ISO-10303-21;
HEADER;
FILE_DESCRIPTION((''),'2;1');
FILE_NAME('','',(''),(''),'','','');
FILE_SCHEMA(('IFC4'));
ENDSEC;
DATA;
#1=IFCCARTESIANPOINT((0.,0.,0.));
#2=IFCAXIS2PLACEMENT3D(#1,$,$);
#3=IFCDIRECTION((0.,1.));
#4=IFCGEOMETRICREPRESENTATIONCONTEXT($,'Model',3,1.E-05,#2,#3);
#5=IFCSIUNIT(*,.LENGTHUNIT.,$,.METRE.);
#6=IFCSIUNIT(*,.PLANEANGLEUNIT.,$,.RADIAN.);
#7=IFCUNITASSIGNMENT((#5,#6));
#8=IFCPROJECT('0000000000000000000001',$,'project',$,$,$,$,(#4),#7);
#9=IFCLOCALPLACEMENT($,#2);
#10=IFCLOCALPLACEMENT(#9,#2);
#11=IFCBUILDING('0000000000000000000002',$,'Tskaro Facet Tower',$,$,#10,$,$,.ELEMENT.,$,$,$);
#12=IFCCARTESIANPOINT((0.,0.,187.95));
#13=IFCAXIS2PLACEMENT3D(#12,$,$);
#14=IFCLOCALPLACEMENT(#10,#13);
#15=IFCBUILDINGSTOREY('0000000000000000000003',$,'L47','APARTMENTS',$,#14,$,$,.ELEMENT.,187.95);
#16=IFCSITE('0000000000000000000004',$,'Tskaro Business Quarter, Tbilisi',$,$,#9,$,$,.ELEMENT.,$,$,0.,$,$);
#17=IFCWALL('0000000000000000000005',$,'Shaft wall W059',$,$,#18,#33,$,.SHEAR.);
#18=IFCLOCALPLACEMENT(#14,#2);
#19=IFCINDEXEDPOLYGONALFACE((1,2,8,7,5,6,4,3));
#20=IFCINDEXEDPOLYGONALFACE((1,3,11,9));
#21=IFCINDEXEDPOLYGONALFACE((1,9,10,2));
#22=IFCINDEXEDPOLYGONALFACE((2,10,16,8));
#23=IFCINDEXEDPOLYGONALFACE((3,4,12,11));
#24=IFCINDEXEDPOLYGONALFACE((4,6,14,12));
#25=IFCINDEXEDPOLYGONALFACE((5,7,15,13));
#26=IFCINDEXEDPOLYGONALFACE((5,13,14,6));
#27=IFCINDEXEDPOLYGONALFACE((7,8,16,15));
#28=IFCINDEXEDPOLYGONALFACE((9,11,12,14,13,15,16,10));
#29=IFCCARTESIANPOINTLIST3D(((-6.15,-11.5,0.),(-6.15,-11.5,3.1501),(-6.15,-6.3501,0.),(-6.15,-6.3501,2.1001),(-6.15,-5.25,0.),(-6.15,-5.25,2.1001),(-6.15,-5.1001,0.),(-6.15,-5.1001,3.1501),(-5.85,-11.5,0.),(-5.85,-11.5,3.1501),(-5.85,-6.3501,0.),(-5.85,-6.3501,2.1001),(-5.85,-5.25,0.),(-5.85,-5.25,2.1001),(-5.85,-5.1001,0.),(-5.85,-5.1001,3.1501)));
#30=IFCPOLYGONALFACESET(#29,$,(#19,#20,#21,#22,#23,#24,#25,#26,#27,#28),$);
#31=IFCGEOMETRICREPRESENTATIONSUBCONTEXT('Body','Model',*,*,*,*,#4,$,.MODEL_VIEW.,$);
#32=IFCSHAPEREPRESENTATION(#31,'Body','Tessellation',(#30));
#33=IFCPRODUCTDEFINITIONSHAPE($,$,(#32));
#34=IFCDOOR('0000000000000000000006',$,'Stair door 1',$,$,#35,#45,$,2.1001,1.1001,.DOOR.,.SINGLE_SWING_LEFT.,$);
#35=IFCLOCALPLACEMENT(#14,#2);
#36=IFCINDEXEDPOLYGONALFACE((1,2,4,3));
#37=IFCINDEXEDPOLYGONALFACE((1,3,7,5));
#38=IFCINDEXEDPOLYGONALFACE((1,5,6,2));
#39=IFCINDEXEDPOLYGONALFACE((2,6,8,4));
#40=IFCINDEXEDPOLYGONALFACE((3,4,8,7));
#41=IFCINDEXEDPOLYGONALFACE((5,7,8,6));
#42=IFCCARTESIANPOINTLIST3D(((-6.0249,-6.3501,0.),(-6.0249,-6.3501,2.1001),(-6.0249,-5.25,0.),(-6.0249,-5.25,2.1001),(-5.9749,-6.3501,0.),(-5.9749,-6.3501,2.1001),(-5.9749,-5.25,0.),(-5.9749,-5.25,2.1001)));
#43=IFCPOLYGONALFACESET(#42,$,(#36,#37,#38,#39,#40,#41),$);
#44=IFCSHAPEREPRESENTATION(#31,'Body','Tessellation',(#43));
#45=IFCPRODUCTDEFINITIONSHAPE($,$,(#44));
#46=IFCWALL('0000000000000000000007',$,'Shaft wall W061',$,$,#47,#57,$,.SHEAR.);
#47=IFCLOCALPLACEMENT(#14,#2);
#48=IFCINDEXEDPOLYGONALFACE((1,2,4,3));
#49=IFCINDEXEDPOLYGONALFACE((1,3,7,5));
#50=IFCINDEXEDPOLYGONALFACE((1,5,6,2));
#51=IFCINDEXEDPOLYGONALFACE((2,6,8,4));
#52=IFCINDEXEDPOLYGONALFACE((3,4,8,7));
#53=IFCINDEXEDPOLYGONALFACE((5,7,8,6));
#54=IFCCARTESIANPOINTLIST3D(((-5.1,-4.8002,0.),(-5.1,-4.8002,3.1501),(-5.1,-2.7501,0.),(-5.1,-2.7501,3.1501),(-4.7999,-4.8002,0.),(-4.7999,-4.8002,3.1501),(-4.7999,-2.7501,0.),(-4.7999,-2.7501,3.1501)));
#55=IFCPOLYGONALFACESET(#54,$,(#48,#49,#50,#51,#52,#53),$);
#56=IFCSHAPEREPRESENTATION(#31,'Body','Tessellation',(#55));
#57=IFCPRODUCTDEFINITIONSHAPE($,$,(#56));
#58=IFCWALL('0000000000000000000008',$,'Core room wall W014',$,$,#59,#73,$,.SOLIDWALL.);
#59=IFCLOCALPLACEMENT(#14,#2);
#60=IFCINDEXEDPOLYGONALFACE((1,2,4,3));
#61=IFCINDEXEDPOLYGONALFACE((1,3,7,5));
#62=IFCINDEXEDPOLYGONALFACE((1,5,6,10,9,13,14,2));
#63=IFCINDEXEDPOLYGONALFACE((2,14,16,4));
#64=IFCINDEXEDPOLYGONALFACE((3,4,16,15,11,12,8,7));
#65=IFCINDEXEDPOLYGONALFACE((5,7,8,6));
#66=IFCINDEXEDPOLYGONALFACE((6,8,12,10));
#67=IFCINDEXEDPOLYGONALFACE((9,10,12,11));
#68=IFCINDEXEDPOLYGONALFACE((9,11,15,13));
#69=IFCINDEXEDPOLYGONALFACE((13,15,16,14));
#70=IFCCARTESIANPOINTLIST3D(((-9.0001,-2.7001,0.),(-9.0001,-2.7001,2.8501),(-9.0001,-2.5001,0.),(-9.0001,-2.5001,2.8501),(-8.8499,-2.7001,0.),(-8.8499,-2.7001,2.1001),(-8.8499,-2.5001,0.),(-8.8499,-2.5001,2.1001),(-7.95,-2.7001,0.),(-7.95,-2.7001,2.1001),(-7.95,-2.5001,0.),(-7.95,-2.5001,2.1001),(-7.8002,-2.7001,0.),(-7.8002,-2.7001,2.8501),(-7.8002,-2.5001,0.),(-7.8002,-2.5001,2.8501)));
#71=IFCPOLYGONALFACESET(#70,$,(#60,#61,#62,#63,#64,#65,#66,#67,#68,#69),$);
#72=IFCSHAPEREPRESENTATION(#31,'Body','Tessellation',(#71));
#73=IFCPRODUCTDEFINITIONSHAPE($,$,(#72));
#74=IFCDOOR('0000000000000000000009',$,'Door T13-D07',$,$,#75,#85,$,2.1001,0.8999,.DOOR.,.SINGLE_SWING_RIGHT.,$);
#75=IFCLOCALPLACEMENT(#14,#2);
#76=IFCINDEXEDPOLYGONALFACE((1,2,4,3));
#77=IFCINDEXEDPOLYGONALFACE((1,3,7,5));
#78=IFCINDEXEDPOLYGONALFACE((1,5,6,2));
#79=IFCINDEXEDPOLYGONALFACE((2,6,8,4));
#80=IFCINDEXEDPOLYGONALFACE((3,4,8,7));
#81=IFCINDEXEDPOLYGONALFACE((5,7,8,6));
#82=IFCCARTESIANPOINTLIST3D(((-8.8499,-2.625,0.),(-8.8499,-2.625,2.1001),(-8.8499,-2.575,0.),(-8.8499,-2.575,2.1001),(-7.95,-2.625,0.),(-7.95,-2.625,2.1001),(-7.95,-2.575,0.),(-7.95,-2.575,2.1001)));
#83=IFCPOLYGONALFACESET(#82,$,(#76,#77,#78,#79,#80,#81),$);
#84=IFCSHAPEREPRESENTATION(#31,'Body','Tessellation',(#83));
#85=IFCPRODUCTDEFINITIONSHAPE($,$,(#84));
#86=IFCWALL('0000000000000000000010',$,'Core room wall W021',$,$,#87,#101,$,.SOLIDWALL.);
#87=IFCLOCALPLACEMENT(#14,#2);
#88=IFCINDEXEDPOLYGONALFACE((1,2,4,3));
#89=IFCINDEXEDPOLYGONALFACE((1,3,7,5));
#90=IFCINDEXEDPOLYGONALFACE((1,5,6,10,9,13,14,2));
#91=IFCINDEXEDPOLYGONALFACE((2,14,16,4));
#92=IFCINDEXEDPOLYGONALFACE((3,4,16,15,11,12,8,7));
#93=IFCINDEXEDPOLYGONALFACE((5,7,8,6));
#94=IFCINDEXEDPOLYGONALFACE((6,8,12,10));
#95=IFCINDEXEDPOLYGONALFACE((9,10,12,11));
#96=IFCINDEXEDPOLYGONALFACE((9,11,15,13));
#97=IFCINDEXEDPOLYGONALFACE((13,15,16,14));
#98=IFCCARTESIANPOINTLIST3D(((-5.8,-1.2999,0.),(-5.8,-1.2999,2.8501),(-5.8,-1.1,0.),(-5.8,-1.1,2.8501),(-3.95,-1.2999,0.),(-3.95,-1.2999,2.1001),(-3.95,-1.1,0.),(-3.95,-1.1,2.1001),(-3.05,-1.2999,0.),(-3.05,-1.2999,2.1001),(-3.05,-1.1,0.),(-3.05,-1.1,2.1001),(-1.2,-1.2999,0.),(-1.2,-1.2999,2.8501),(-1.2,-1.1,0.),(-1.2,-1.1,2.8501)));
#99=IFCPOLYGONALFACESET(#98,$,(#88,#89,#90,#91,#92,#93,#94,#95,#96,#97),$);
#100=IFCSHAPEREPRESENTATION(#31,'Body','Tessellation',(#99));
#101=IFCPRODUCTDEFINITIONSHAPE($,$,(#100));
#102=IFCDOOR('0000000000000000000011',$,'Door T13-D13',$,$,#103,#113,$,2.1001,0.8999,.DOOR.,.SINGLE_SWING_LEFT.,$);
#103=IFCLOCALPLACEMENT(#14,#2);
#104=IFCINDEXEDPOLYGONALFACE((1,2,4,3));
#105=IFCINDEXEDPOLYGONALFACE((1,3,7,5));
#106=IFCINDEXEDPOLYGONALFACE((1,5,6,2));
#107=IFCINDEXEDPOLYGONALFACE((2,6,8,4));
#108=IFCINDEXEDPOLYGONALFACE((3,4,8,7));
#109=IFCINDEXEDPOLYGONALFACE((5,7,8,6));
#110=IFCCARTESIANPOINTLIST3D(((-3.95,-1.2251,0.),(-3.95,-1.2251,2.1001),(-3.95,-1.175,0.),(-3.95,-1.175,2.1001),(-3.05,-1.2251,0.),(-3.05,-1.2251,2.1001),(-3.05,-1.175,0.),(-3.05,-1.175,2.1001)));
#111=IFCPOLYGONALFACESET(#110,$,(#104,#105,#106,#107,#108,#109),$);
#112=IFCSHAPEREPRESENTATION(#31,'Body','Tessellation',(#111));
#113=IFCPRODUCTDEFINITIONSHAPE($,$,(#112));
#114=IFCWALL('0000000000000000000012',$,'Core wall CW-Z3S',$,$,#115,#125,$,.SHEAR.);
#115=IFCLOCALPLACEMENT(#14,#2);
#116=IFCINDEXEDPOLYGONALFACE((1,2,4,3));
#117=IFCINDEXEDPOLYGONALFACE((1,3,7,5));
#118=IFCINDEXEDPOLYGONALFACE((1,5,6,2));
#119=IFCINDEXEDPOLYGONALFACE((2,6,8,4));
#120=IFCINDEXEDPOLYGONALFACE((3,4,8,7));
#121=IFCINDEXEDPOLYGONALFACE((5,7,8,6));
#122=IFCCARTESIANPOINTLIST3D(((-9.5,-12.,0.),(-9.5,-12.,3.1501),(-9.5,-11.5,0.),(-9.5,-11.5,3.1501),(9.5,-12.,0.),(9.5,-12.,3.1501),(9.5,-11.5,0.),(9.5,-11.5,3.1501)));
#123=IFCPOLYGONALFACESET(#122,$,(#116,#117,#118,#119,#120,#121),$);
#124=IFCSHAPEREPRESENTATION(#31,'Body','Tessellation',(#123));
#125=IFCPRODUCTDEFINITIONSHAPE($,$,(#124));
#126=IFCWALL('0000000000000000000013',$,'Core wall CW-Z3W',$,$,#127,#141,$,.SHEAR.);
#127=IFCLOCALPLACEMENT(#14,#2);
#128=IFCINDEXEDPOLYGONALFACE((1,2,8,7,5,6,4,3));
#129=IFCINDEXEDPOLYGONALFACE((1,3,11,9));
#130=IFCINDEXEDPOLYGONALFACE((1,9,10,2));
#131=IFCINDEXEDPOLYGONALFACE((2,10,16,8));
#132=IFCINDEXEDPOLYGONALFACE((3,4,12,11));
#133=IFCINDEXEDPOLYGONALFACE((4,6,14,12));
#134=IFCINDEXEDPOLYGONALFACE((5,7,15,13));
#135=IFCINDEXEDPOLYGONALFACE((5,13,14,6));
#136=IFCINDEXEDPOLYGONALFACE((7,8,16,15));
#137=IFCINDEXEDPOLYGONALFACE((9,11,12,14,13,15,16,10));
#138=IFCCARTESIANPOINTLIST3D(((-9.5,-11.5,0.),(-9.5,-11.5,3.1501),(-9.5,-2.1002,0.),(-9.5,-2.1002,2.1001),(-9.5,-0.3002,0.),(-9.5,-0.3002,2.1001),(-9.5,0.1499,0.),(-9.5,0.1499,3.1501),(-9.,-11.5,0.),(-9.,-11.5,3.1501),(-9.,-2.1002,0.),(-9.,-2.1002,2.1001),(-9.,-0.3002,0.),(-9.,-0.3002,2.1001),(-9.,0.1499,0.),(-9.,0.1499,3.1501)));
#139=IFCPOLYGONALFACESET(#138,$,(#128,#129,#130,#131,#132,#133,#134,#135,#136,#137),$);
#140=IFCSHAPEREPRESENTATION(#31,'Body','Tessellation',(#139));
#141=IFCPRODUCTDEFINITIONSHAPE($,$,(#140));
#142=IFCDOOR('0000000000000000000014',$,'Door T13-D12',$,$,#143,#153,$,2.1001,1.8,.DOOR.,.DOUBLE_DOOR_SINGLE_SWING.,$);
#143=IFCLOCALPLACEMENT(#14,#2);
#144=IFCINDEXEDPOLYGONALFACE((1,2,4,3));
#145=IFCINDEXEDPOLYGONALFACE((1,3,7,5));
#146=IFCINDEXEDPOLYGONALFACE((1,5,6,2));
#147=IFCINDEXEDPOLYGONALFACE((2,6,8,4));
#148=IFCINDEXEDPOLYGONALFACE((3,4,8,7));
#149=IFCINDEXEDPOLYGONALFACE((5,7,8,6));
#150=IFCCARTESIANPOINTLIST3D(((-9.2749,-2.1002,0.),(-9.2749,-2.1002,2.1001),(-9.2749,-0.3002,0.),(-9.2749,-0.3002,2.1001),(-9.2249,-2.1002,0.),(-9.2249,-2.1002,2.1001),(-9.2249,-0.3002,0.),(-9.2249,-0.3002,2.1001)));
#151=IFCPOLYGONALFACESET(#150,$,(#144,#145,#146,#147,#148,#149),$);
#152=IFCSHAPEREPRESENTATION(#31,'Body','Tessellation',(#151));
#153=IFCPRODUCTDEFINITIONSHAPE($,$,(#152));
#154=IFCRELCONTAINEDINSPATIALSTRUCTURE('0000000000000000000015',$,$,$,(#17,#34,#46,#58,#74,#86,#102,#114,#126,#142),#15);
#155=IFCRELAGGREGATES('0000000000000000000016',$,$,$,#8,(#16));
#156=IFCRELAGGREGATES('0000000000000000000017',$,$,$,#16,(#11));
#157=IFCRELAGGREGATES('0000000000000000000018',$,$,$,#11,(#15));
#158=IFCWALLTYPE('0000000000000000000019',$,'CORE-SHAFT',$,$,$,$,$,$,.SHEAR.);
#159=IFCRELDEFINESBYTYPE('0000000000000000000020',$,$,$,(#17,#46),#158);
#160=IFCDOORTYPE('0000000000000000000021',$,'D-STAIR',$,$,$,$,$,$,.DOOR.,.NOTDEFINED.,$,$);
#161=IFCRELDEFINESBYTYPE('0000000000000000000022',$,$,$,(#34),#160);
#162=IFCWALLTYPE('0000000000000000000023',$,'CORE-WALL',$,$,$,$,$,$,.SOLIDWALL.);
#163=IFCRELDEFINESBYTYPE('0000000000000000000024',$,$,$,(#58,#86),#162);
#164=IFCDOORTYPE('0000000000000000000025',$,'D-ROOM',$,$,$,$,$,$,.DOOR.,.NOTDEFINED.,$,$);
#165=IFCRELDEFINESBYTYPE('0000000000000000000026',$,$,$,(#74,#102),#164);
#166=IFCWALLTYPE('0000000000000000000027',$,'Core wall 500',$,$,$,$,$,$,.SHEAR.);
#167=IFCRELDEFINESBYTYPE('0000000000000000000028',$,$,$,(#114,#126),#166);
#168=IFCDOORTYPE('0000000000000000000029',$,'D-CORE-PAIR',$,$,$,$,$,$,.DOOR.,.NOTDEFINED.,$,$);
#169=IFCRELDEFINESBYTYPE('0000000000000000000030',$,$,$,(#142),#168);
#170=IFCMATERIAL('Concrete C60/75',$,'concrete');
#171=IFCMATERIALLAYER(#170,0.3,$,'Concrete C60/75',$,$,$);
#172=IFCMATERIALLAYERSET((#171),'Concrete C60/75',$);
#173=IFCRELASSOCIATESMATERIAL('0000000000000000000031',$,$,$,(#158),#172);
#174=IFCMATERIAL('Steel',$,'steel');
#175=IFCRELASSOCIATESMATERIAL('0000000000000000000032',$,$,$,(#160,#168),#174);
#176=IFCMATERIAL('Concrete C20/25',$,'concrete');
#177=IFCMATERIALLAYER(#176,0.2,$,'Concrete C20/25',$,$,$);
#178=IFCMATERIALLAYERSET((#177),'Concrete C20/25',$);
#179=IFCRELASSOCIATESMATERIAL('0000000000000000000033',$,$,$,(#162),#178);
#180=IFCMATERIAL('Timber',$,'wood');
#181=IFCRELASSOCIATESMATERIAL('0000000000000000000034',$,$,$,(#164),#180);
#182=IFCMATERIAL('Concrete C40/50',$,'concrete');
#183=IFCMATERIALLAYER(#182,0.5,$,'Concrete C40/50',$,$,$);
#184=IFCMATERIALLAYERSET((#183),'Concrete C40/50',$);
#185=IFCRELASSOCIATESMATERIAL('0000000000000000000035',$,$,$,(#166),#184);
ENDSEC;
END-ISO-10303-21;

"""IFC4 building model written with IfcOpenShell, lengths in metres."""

from ifc_helpers import new_model, si_unit, direction, frame, frame_2d, origin, place, context, subcontext, project, spatial, rectangle, extrude, material, layer, layer_set, type_object, element, fill, save


model = new_model("IFC4")

# Units and contexts
model_context = context("Model", 3, precision=1e-05, world=origin(), true_north=direction((0.0, 1.0)))
body_context = subcontext(model_context, "Body", "Model", "MODEL_VIEW")
ifc_project = project(units=[si_unit("LENGTHUNIT", "METRE"), si_unit("PLANEANGLEUNIT", "RADIAN")], contexts=[model_context])

# Site, building, storey
site_placement = place(None, origin())
site = spatial("IfcSite", under=ifc_project, at=site_placement, Name="Tskaro Business Quarter, Tbilisi", CompositionType="ELEMENT", RefElevation=0.0)
building_placement = place(site_placement, origin())
building = spatial("IfcBuilding", under=site, at=building_placement, Name="Tskaro Facet Tower", CompositionType="ELEMENT")
storey_placement = place(building_placement, frame((0.0, 0.0, 187.95)))
storey = spatial("IfcBuildingStorey", under=building, at=storey_placement, Name="L47", Description="APARTMENTS", CompositionType="ELEMENT", Elevation=187.95)

# Shared definitions
ifc_material_1 = material(Name="Concrete C60/75", Category="concrete")
ifc_layer_1 = layer(ifc_material_1, 0.3, Name="Concrete C60/75")
ifc_layer_set_1 = layer_set([ifc_layer_1], Name="Concrete C60/75")
wall_type_1 = type_object("IfcWallType", Name="CORE-SHAFT", PredefinedType="SHEAR", material=ifc_layer_set_1)

# Wall, opening, door
wall_1_placement = place(storey_placement, frame((-6.0, -11.5, 0.0), z_axis=(0.0, 0.0, 1.0), x_axis=(0.0, 1.0, 0.0)))
wall_1 = element("IfcWall", 1, at=wall_1_placement, inside=storey, type_object=wall_type_1, Name="Shaft wall W059", PredefinedType="SHEAR", context=body_context, shape_type="SweptSolid", body=[
    extrude(rectangle(XDim=6.3999, YDim=0.3, at=frame_2d((3.2, 0.0))), origin(), (0.0, 0.0, 1.0), 3.1501),
])
opening_1_placement = place(wall_1_placement, frame((5.1499, 0.0, 0.0)))
opening_1 = element("IfcOpeningElement", 2, at=opening_1_placement, cuts=wall_1, PredefinedType="OPENING", context=body_context, shape_type="SweptSolid", body=[
    extrude(rectangle(XDim=1.1001, YDim=2.1001, at=frame_2d((0.55, 1.05))), frame((0.0, 0.1599, 0.0), z_axis=(0.0, -1.0, 0.0), x_axis=(1.0, 0.0, 0.0)), (0.0, 0.0, 1.0), 0.3201),
])
ifc_material_2 = material(Name="Steel", Category="steel")
door_type_1 = type_object("IfcDoorType", Name="D-STAIR", OperationType="NOTDEFINED", PredefinedType="DOOR", material=ifc_material_2)
door_1_placement = place(opening_1_placement, origin())
door_1 = element("IfcDoor", 3, at=door_1_placement, inside=storey, type_object=door_type_1, Name="Stair door 1", OperationType="SINGLE_SWING_LEFT", OverallHeight=2.1001, OverallWidth=1.1001, PredefinedType="DOOR", context=body_context, shape_type="SweptSolid", body=[
    extrude(rectangle(XDim=1.1001, YDim=2.1001, at=frame_2d((0.55, 1.05))), frame((0.0, 0.0249, 0.0), z_axis=(0.0, -1.0, 0.0), x_axis=(1.0, 0.0, 0.0)), (0.0, 0.0, 1.0), 0.05),
])
fill(opening_1, door_1)

# Wall
wall_2_placement = place(storey_placement, frame((-4.95, -4.8, 0.0), z_axis=(0.0, 0.0, 1.0), x_axis=(0.0, 1.0, 0.0)))
element("IfcWall", 4, at=wall_2_placement, inside=storey, type_object=wall_type_1, Name="Shaft wall W061", PredefinedType="SHEAR", context=body_context, shape_type="SweptSolid", body=[
    extrude(rectangle(XDim=2.05, YDim=0.3, at=frame_2d((1.0249, 0.0))), origin(), (0.0, 0.0, 1.0), 3.1501),
])

# Walls, openings, doors
ifc_material_3 = material(Name="Concrete C20/25", Category="concrete")
ifc_layer_2 = layer(ifc_material_3, 0.2, Name="Concrete C20/25")
ifc_layer_set_2 = layer_set([ifc_layer_2], Name="Concrete C20/25")
wall_type_2 = type_object("IfcWallType", Name="CORE-WALL", PredefinedType="SOLIDWALL", material=ifc_layer_set_2)
wall_3_placement = place(storey_placement, frame((-7.8, -2.6001, 0.0), z_axis=(0.0, 0.0, 1.0), x_axis=(-1.0, 0.0, 0.0)))
wall_3 = element("IfcWall", 5, at=wall_3_placement, inside=storey, type_object=wall_type_2, Name="Core room wall W014", PredefinedType="SOLIDWALL", context=body_context, shape_type="SweptSolid", body=[
    extrude(rectangle(XDim=1.2, YDim=0.2, at=frame_2d((0.6001, 0.0))), origin(), (0.0, 0.0, 1.0), 2.8501),
])
opening_2_placement = place(wall_3_placement, frame((0.1499, 0.0, 0.0)))
opening_2 = element("IfcOpeningElement", 6, at=opening_2_placement, cuts=wall_3, PredefinedType="OPENING", context=body_context, shape_type="SweptSolid", body=[
    extrude(rectangle(XDim=0.8999, YDim=2.1001, at=frame_2d((0.45, 1.05))), frame((0.0, 0.1099, 0.0), z_axis=(0.0, -1.0, 0.0), x_axis=(1.0, 0.0, 0.0)), (0.0, 0.0, 1.0), 0.22),
])
ifc_material_4 = material(Name="Timber", Category="wood")
door_type_2 = type_object("IfcDoorType", Name="D-ROOM", OperationType="NOTDEFINED", PredefinedType="DOOR", material=ifc_material_4)
door_2_placement = place(opening_2_placement, origin())
door_2 = element("IfcDoor", 7, at=door_2_placement, inside=storey, type_object=door_type_2, Name="Door T13-D07", OperationType="SINGLE_SWING_RIGHT", OverallHeight=2.1001, OverallWidth=0.8999, PredefinedType="DOOR", context=body_context, shape_type="SweptSolid", body=[
    extrude(rectangle(XDim=0.8999, YDim=2.1001, at=frame_2d((0.45, 1.05))), frame((0.0, 0.0249, 0.0), z_axis=(0.0, -1.0, 0.0), x_axis=(1.0, 0.0, 0.0)), (0.0, 0.0, 1.0), 0.05),
])
fill(opening_2, door_2)
wall_4_placement = place(storey_placement, frame((-5.8, -1.2, 0.0), z_axis=(0.0, 0.0, 1.0), x_axis=(1.0, 0.0, 0.0)))
wall_4 = element("IfcWall", 8, at=wall_4_placement, inside=storey, type_object=wall_type_2, Name="Core room wall W021", PredefinedType="SOLIDWALL", context=body_context, shape_type="SweptSolid", body=[
    extrude(rectangle(XDim=4.6001, YDim=0.2, at=frame_2d((2.3, 0.0))), origin(), (0.0, 0.0, 1.0), 2.8501),
])
opening_3_placement = place(wall_4_placement, frame((1.8501, 0.0, 0.0)))
opening_3 = element("IfcOpeningElement", 9, at=opening_3_placement, cuts=wall_4, PredefinedType="OPENING", context=body_context, shape_type="SweptSolid", body=[
    extrude(rectangle(XDim=0.8999, YDim=2.1001, at=frame_2d((0.45, 1.05))), frame((0.0, 0.1099, 0.0), z_axis=(0.0, -1.0, 0.0), x_axis=(1.0, 0.0, 0.0)), (0.0, 0.0, 1.0), 0.22),
])
door_3_placement = place(opening_3_placement, origin())
door_3 = element("IfcDoor", 10, at=door_3_placement, inside=storey, type_object=door_type_2, Name="Door T13-D13", OperationType="SINGLE_SWING_LEFT", OverallHeight=2.1001, OverallWidth=0.8999, PredefinedType="DOOR", context=body_context, shape_type="SweptSolid", body=[
    extrude(rectangle(XDim=0.8999, YDim=2.1001, at=frame_2d((0.45, 1.05))), frame((0.0, 0.0249, 0.0), z_axis=(0.0, -1.0, 0.0), x_axis=(1.0, 0.0, 0.0)), (0.0, 0.0, 1.0), 0.05),
])
fill(opening_3, door_3)

# Wall
ifc_material_5 = material(Name="Concrete C40/50", Category="concrete")
ifc_layer_3 = layer(ifc_material_5, 0.5, Name="Concrete C40/50")
ifc_layer_set_3 = layer_set([ifc_layer_3], Name="Concrete C40/50")
wall_type_3 = type_object("IfcWallType", Name="Core wall 500", PredefinedType="SHEAR", material=ifc_layer_set_3)
wall_5_placement = place(storey_placement, frame((-9.5, -11.75, 0.0), z_axis=(0.0, 0.0, 1.0), x_axis=(1.0, 0.0, 0.0)))
element("IfcWall", 11, at=wall_5_placement, inside=storey, type_object=wall_type_3, Name="Core wall CW-Z3S", PredefinedType="SHEAR", context=body_context, shape_type="SweptSolid", body=[
    extrude(rectangle(XDim=19.0, YDim=0.5, at=frame_2d((9.5, 0.0))), origin(), (0.0, 0.0, 1.0), 3.1501),
])

# Wall, opening, door
wall_6_placement = place(storey_placement, frame((-9.25, -11.5, 0.0), z_axis=(0.0, 0.0, 1.0), x_axis=(0.0, 1.0, 0.0)))
wall_6 = element("IfcWall", 12, at=wall_6_placement, inside=storey, type_object=wall_type_3, Name="Core wall CW-Z3W", PredefinedType="SHEAR", context=body_context, shape_type="SweptSolid", body=[
    extrude(rectangle(XDim=11.6499, YDim=0.5, at=frame_2d((5.825, 0.0))), origin(), (0.0, 0.0, 1.0), 3.1501),
])
opening_4_placement = place(wall_6_placement, frame((9.3999, 0.0, 0.0)))
opening_4 = element("IfcOpeningElement", 13, at=opening_4_placement, cuts=wall_6, PredefinedType="OPENING", context=body_context, shape_type="SweptSolid", body=[
    extrude(rectangle(XDim=1.8, YDim=2.1001, at=frame_2d((0.8999, 1.05))), frame((0.0, 0.26, 0.0), z_axis=(0.0, -1.0, 0.0), x_axis=(1.0, 0.0, 0.0)), (0.0, 0.0, 1.0), 0.52),
])
door_type_3 = type_object("IfcDoorType", Name="D-CORE-PAIR", OperationType="NOTDEFINED", PredefinedType="DOOR", material=ifc_material_2)
door_4_placement = place(opening_4_placement, origin())
door_4 = element("IfcDoor", 14, at=door_4_placement, inside=storey, type_object=door_type_3, Name="Door T13-D12", OperationType="DOUBLE_DOOR_SINGLE_SWING", OverallHeight=2.1001, OverallWidth=1.8, PredefinedType="DOOR", context=body_context, shape_type="SweptSolid", body=[
    extrude(rectangle(XDim=1.8, YDim=2.1001, at=frame_2d((0.8999, 1.05))), frame((0.0, 0.0249, 0.0), z_axis=(0.0, -1.0, 0.0), x_axis=(1.0, 0.0, 0.0)), (0.0, 0.0, 1.0), 0.05),
])
fill(opening_4, door_4)

save(model, "model.ifc")
